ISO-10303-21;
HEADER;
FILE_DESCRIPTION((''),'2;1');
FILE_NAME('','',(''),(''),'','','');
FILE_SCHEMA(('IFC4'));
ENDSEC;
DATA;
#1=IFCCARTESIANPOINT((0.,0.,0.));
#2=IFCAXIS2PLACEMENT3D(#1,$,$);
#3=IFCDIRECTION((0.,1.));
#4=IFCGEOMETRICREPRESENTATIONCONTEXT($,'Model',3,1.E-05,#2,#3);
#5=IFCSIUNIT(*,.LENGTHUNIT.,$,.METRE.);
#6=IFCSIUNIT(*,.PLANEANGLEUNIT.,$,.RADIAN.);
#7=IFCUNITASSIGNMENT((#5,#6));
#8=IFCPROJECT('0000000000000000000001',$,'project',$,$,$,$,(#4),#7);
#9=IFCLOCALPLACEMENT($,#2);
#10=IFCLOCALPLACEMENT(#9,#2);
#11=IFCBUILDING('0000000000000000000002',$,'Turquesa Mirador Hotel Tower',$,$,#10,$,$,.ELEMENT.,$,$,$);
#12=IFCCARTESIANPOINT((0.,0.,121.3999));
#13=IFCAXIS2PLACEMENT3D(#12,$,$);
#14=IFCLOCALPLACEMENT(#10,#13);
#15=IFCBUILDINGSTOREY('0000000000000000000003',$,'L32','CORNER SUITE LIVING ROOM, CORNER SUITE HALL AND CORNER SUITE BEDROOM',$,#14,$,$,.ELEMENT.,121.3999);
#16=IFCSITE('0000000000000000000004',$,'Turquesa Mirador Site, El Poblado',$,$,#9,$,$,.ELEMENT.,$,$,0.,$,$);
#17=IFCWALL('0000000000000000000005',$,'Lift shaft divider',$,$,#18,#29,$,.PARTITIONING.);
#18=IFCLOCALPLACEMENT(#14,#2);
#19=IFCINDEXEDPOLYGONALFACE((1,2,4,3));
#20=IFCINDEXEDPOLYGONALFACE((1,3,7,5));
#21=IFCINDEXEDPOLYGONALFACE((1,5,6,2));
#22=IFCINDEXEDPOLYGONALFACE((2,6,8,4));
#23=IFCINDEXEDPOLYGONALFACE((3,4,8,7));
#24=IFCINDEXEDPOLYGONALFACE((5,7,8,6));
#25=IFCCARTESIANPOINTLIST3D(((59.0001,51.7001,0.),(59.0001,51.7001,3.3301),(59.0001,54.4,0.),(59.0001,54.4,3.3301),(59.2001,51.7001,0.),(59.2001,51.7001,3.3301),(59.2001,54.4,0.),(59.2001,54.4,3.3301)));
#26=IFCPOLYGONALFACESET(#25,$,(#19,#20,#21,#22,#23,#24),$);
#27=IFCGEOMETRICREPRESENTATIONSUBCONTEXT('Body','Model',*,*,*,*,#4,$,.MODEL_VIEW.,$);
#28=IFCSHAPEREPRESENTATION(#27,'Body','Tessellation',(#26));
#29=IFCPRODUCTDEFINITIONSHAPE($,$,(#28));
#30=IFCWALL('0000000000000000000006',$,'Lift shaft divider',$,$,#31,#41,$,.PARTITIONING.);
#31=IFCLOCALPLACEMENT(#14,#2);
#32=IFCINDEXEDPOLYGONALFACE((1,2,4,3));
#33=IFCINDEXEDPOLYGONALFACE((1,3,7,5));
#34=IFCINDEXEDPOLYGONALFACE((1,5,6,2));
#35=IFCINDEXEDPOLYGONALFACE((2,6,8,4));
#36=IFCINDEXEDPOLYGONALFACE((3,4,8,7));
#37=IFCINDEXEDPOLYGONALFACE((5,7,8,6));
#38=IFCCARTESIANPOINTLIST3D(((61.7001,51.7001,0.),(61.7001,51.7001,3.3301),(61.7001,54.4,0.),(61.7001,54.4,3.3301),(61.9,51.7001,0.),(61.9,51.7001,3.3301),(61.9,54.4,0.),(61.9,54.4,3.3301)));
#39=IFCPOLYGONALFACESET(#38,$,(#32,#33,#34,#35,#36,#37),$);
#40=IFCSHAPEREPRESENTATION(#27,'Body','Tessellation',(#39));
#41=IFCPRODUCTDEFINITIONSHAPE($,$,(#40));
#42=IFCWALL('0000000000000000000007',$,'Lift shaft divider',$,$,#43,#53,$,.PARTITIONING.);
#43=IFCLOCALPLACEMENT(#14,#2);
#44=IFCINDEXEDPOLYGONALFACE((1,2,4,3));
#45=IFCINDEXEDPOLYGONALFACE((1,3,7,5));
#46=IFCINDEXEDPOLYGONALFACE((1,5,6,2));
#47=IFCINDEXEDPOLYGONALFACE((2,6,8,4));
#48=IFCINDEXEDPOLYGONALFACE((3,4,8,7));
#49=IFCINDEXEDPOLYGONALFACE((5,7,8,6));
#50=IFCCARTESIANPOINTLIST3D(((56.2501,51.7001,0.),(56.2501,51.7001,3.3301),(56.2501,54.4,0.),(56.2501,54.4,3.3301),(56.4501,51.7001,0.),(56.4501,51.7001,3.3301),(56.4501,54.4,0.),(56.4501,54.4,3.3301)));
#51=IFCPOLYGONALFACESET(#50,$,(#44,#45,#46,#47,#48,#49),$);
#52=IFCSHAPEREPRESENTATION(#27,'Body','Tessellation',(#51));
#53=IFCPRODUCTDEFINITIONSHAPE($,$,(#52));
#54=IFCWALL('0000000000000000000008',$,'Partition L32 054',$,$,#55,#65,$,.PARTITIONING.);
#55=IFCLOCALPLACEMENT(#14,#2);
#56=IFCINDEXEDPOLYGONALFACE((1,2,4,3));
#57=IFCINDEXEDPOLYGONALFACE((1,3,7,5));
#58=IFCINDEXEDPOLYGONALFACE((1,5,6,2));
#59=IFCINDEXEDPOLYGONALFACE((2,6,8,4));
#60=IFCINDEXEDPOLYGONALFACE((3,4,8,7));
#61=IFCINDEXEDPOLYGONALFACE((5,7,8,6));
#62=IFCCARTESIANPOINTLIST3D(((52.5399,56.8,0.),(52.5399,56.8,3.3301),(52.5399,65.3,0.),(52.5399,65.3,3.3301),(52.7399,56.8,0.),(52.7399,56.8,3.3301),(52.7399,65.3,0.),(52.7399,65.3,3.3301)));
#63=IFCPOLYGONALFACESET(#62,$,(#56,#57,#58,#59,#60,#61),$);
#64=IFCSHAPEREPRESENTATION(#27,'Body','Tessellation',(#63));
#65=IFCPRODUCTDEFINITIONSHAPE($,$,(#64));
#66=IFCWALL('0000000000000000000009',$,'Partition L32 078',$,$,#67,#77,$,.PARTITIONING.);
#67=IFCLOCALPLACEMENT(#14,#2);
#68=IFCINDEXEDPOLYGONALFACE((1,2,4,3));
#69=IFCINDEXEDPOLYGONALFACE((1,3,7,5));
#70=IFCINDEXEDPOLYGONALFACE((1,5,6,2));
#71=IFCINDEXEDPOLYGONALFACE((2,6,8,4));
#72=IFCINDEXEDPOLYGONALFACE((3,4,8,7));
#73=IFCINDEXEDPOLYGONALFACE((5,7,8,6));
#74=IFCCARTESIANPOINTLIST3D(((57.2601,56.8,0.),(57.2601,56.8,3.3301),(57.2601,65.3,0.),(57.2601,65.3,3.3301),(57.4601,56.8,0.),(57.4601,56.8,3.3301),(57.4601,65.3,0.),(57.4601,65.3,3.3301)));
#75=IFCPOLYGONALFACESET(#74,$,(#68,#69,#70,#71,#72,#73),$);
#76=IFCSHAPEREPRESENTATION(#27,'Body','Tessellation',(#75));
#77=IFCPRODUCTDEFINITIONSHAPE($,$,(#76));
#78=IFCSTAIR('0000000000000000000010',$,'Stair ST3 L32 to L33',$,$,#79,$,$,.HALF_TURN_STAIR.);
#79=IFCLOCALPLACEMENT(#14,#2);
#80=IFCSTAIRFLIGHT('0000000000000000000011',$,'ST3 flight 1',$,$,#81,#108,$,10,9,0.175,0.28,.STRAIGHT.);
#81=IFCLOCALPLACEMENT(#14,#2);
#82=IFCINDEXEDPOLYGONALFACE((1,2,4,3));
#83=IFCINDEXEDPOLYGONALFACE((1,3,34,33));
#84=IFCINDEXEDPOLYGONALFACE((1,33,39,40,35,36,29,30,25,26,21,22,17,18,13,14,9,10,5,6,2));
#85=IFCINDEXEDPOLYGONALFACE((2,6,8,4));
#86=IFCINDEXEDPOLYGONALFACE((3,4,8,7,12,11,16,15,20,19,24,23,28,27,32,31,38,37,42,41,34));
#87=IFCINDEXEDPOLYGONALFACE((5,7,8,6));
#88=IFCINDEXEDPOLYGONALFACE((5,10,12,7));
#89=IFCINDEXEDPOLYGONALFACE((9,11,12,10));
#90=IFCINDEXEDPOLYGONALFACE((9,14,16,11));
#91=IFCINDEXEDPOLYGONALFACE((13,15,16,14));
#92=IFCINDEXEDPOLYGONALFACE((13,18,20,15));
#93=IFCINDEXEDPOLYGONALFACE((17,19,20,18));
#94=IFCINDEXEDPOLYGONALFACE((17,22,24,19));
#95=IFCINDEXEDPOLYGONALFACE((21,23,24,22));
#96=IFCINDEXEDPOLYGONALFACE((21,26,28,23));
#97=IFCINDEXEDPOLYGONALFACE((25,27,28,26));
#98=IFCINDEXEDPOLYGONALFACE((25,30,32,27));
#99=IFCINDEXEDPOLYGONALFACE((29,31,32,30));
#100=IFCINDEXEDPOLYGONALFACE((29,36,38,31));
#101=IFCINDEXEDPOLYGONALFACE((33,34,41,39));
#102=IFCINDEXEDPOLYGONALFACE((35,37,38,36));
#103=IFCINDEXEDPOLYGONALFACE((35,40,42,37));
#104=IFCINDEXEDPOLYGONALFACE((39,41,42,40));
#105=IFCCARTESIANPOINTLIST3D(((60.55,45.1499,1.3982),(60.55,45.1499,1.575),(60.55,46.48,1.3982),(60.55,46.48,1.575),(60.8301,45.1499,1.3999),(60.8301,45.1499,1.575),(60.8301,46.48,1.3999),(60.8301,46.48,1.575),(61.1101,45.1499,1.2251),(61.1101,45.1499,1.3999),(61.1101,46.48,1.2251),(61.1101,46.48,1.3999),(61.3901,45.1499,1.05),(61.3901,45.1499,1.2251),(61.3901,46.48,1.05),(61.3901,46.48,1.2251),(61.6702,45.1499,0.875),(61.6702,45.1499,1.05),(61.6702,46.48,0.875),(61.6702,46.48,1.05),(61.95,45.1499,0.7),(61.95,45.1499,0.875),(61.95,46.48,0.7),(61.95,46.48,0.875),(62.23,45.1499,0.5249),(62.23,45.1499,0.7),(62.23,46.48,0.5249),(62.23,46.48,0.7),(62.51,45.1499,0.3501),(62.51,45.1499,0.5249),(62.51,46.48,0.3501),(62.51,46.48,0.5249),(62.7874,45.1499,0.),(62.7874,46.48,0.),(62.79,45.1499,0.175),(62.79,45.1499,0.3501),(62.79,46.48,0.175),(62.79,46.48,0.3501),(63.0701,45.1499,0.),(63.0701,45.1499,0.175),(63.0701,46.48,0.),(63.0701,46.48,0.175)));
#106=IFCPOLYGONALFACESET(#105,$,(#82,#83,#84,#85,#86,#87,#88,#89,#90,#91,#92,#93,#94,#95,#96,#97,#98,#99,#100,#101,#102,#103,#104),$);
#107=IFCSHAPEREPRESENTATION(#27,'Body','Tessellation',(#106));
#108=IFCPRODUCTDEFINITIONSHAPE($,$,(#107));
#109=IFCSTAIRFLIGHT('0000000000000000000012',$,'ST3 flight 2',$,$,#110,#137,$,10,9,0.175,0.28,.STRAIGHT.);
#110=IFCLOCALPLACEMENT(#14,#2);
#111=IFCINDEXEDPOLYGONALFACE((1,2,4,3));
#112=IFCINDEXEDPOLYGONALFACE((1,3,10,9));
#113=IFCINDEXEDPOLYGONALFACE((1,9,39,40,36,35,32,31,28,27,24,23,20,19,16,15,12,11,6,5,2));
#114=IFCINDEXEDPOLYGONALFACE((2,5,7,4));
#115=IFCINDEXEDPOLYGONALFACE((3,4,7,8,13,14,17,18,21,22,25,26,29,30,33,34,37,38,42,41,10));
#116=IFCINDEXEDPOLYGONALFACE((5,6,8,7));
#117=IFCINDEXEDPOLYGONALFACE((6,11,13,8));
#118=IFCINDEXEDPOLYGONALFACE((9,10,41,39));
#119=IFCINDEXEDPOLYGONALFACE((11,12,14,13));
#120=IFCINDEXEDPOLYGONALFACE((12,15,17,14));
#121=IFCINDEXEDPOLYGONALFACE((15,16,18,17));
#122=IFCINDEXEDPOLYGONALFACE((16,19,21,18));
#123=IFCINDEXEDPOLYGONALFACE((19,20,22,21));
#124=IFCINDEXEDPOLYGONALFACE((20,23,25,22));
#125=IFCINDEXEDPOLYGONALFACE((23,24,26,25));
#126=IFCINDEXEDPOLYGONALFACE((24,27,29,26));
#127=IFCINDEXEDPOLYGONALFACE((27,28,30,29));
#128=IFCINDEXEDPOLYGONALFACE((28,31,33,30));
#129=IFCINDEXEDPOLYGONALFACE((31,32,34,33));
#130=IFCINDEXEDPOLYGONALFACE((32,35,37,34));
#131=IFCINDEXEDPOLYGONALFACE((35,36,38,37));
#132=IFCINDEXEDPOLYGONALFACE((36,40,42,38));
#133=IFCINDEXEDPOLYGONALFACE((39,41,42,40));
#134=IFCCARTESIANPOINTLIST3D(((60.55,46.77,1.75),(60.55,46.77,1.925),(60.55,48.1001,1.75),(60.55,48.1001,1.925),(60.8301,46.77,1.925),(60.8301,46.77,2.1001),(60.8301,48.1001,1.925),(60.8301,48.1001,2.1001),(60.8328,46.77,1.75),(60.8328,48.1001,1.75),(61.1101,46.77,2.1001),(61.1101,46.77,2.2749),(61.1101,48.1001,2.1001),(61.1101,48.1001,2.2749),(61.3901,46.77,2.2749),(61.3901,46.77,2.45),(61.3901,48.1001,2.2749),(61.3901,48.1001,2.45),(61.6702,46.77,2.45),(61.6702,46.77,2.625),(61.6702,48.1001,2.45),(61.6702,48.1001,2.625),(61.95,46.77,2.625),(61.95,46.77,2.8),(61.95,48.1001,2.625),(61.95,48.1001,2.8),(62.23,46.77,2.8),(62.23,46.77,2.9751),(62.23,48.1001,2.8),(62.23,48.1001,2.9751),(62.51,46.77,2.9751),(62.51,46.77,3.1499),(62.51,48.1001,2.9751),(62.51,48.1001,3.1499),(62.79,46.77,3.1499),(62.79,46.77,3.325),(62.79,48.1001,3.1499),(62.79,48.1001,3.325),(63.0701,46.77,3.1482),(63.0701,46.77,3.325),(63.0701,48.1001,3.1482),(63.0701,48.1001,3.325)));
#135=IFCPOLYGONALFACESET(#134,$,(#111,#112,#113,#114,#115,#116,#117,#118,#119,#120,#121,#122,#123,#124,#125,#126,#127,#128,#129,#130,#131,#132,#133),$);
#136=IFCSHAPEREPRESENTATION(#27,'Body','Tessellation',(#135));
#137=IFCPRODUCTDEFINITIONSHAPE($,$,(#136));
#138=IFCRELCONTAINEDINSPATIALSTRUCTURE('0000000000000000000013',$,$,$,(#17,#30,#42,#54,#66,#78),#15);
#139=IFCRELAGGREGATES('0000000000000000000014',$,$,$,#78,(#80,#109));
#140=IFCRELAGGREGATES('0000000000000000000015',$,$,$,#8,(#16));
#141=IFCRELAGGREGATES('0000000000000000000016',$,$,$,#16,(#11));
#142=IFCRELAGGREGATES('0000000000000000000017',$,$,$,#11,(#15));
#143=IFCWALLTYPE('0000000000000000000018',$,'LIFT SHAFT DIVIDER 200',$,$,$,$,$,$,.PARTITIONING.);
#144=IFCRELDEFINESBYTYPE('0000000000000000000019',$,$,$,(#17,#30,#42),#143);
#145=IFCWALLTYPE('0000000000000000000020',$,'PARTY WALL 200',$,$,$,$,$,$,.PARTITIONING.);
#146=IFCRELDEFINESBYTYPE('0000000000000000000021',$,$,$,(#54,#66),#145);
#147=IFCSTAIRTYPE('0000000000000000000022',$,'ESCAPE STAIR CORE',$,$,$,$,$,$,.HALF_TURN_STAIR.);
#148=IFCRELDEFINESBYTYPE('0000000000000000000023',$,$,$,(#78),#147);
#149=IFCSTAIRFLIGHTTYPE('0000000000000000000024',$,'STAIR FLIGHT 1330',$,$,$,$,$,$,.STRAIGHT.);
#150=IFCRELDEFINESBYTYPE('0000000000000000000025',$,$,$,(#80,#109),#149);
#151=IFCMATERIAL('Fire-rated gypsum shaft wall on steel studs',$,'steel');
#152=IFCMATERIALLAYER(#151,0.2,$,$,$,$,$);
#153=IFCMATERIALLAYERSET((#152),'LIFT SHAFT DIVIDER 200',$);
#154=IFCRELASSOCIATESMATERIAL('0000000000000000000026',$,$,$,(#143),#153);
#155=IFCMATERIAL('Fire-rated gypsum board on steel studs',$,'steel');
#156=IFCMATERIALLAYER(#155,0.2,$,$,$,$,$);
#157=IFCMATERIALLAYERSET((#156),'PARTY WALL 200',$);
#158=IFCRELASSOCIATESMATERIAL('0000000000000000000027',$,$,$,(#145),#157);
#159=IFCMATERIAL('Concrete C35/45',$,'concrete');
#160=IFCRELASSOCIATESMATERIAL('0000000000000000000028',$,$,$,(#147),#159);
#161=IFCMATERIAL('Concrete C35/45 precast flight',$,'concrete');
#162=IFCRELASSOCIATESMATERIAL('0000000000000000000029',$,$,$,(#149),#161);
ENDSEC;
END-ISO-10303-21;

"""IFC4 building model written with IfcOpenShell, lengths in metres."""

from ifc_helpers import new_model, si_unit, direction, frame, frame_2d, origin, place, context, subcontext, project, spatial, polyline, rectangle, outline, extrude, material, layer, layer_set, type_object, element, aggregate, save


model = new_model("IFC4")

# Units and contexts
model_context = context("Model", 3, precision=1e-05, world=origin(), true_north=direction((0.0, 1.0)))
body_context = subcontext(model_context, "Body", "Model", "MODEL_VIEW")
ifc_project = project(units=[si_unit("LENGTHUNIT", "METRE"), si_unit("PLANEANGLEUNIT", "RADIAN")], contexts=[model_context])

# Site, building, storey
site_placement = place(None, origin())
site = spatial("IfcSite", under=ifc_project, at=site_placement, Name="Turquesa Mirador Site, El Poblado", CompositionType="ELEMENT", RefElevation=0.0)
building_placement = place(site_placement, origin())
building = spatial("IfcBuilding", under=site, at=building_placement, Name="Turquesa Mirador Hotel Tower", CompositionType="ELEMENT")
storey_placement = place(building_placement, frame((0.0, 0.0, 121.3999)))
storey = spatial("IfcBuildingStorey", under=building, at=storey_placement, Name="L32", Description="CORNER SUITE LIVING ROOM, CORNER SUITE HALL AND CORNER SUITE BEDROOM", CompositionType="ELEMENT", Elevation=121.3999)

# Walls
ifc_material_1 = material(Name="Fire-rated gypsum shaft wall on steel studs", Category="steel")
ifc_layer_1 = layer(ifc_material_1, 0.2)
ifc_layer_set_1 = layer_set([ifc_layer_1], Name="LIFT SHAFT DIVIDER 200")
wall_type_1 = type_object("IfcWallType", Name="LIFT SHAFT DIVIDER 200", PredefinedType="PARTITIONING", material=ifc_layer_set_1)
for number, where, z_axis, x_axis, name in (
    (1, (59.1001, 51.7, 0.0), (0.0, 0.0, 1.0), (0.0, 1.0, 0.0), "Lift shaft divider"),
    (2, (61.8, 51.7, 0.0), (0.0, 0.0, 1.0), (0.0, 1.0, 0.0), "Lift shaft divider"),
    (3, (56.3501, 51.7, 0.0), (0.0, 0.0, 1.0), (0.0, 1.0, 0.0), "Lift shaft divider"),
):
    element("IfcWall", number, at=place(storey_placement, frame(where, z_axis=z_axis, x_axis=x_axis)), inside=storey, type_object=wall_type_1, Name=name, PredefinedType="PARTITIONING", context=body_context, shape_type="SweptSolid", body=[
        extrude(rectangle(XDim=2.7, YDim=0.2, at=frame_2d((1.3501, 0.0))), origin(), (0.0, 0.0, 1.0), 3.3301),
    ])
ifc_material_2 = material(Name="Fire-rated gypsum board on steel studs", Category="steel")
ifc_layer_2 = layer(ifc_material_2, 0.2)
ifc_layer_set_2 = layer_set([ifc_layer_2], Name="PARTY WALL 200")
wall_type_2 = type_object("IfcWallType", Name="PARTY WALL 200", PredefinedType="PARTITIONING", material=ifc_layer_set_2)
for number, where, z_axis, x_axis, name in (
    (4, (52.6399, 56.8, 0.0), (0.0, 0.0, 1.0), (0.0, 1.0, 0.0), "Partition L32 054"),
    (5, (57.3601, 56.8, 0.0), (0.0, 0.0, 1.0), (0.0, 1.0, 0.0), "Partition L32 078"),
):
    element("IfcWall", number, at=place(storey_placement, frame(where, z_axis=z_axis, x_axis=x_axis)), inside=storey, type_object=wall_type_2, Name=name, PredefinedType="PARTITIONING", context=body_context, shape_type="SweptSolid", body=[
        extrude(rectangle(XDim=8.5, YDim=0.2, at=frame_2d((4.25, 0.0))), origin(), (0.0, 0.0, 1.0), 3.3301),
    ])

# Stair, stair flights
ifc_material_3 = material(Name="Concrete C35/45", Category="concrete")
stair_type = type_object("IfcStairType", Name="ESCAPE STAIR CORE", PredefinedType="HALF_TURN_STAIR", material=ifc_material_3)
stair_placement = place(storey_placement, origin())
stair = element("IfcStair", 6, at=stair_placement, inside=storey, type_object=stair_type, Name="Stair ST3 L32 to L33", PredefinedType="HALF_TURN_STAIR")
ifc_material_4 = material(Name="Concrete C35/45 precast flight", Category="concrete")
stair_flight_type = type_object("IfcStairFlightType", Name="STAIR FLIGHT 1330", PredefinedType="STRAIGHT", material=ifc_material_4)
stair_flight_1_placement = place(storey_placement, frame((63.0701, 45.8149, 0.0), z_axis=(0.0, 0.0, 1.0), x_axis=(-1.0, 0.0, 0.0)))
stair_flight_1 = element("IfcStairFlight", 7, at=stair_flight_1_placement, type_object=stair_flight_type, Name="ST3 flight 1", NumberOfRisers=10, NumberOfTreads=9, PredefinedType="STRAIGHT", RiserHeight=0.175, TreadLength=0.28, context=body_context, shape_type="SweptSolid", body=[
    extrude(outline(polyline([(0.0, 0.0), (0.0, 0.175), (0.28, 0.175), (0.28, 0.3501), (0.5601, 0.3501), (0.5601, 0.5249), (0.8401, 0.5249), (0.8401, 0.7), (1.1201, 0.7), (1.1201, 0.875), (1.3999, 0.875), (1.3999, 1.05), (1.6799, 1.05), (1.6799, 1.2251), (1.96, 1.2251), (1.96, 1.3999), (2.24, 1.3999), (2.24, 1.575), (2.52, 1.575), (2.52, 1.75), (2.52, 1.3982), (0.2827, 0.0), (0.0, 0.0)])), frame((0.0, 0.665, 0.0), z_axis=(0.0, -1.0, 0.0), x_axis=(1.0, 0.0, 0.0)), (0.0, 0.0, 1.0), 1.3301),
])
stair_flight_2_placement = place(storey_placement, frame((60.55, 47.4351, 1.75), z_axis=(0.0, 0.0, 1.0), x_axis=(1.0, 0.0, 0.0)))
stair_flight_2 = element("IfcStairFlight", 8, at=stair_flight_2_placement, type_object=stair_flight_type, Name="ST3 flight 2", NumberOfRisers=10, NumberOfTreads=9, PredefinedType="STRAIGHT", RiserHeight=0.175, TreadLength=0.28, context=body_context, shape_type="SweptSolid", body=[
    extrude(outline(polyline([(0.0, 0.0), (0.0, 0.175), (0.28, 0.175), (0.28, 0.3501), (0.5601, 0.3501), (0.5601, 0.5249), (0.8401, 0.5249), (0.8401, 0.7), (1.1201, 0.7), (1.1201, 0.875), (1.3999, 0.875), (1.3999, 1.05), (1.6799, 1.05), (1.6799, 1.2251), (1.96, 1.2251), (1.96, 1.3999), (2.24, 1.3999), (2.24, 1.575), (2.52, 1.575), (2.52, 1.75), (2.52, 1.3982), (0.2827, 0.0), (0.0, 0.0)])), frame((0.0, 0.665, 0.0), z_axis=(0.0, -1.0, 0.0), x_axis=(1.0, 0.0, 0.0)), (0.0, 0.0, 1.0), 1.3301),
])
aggregate(stair, [stair_flight_1, stair_flight_2])

save(model, "model.ifc")
